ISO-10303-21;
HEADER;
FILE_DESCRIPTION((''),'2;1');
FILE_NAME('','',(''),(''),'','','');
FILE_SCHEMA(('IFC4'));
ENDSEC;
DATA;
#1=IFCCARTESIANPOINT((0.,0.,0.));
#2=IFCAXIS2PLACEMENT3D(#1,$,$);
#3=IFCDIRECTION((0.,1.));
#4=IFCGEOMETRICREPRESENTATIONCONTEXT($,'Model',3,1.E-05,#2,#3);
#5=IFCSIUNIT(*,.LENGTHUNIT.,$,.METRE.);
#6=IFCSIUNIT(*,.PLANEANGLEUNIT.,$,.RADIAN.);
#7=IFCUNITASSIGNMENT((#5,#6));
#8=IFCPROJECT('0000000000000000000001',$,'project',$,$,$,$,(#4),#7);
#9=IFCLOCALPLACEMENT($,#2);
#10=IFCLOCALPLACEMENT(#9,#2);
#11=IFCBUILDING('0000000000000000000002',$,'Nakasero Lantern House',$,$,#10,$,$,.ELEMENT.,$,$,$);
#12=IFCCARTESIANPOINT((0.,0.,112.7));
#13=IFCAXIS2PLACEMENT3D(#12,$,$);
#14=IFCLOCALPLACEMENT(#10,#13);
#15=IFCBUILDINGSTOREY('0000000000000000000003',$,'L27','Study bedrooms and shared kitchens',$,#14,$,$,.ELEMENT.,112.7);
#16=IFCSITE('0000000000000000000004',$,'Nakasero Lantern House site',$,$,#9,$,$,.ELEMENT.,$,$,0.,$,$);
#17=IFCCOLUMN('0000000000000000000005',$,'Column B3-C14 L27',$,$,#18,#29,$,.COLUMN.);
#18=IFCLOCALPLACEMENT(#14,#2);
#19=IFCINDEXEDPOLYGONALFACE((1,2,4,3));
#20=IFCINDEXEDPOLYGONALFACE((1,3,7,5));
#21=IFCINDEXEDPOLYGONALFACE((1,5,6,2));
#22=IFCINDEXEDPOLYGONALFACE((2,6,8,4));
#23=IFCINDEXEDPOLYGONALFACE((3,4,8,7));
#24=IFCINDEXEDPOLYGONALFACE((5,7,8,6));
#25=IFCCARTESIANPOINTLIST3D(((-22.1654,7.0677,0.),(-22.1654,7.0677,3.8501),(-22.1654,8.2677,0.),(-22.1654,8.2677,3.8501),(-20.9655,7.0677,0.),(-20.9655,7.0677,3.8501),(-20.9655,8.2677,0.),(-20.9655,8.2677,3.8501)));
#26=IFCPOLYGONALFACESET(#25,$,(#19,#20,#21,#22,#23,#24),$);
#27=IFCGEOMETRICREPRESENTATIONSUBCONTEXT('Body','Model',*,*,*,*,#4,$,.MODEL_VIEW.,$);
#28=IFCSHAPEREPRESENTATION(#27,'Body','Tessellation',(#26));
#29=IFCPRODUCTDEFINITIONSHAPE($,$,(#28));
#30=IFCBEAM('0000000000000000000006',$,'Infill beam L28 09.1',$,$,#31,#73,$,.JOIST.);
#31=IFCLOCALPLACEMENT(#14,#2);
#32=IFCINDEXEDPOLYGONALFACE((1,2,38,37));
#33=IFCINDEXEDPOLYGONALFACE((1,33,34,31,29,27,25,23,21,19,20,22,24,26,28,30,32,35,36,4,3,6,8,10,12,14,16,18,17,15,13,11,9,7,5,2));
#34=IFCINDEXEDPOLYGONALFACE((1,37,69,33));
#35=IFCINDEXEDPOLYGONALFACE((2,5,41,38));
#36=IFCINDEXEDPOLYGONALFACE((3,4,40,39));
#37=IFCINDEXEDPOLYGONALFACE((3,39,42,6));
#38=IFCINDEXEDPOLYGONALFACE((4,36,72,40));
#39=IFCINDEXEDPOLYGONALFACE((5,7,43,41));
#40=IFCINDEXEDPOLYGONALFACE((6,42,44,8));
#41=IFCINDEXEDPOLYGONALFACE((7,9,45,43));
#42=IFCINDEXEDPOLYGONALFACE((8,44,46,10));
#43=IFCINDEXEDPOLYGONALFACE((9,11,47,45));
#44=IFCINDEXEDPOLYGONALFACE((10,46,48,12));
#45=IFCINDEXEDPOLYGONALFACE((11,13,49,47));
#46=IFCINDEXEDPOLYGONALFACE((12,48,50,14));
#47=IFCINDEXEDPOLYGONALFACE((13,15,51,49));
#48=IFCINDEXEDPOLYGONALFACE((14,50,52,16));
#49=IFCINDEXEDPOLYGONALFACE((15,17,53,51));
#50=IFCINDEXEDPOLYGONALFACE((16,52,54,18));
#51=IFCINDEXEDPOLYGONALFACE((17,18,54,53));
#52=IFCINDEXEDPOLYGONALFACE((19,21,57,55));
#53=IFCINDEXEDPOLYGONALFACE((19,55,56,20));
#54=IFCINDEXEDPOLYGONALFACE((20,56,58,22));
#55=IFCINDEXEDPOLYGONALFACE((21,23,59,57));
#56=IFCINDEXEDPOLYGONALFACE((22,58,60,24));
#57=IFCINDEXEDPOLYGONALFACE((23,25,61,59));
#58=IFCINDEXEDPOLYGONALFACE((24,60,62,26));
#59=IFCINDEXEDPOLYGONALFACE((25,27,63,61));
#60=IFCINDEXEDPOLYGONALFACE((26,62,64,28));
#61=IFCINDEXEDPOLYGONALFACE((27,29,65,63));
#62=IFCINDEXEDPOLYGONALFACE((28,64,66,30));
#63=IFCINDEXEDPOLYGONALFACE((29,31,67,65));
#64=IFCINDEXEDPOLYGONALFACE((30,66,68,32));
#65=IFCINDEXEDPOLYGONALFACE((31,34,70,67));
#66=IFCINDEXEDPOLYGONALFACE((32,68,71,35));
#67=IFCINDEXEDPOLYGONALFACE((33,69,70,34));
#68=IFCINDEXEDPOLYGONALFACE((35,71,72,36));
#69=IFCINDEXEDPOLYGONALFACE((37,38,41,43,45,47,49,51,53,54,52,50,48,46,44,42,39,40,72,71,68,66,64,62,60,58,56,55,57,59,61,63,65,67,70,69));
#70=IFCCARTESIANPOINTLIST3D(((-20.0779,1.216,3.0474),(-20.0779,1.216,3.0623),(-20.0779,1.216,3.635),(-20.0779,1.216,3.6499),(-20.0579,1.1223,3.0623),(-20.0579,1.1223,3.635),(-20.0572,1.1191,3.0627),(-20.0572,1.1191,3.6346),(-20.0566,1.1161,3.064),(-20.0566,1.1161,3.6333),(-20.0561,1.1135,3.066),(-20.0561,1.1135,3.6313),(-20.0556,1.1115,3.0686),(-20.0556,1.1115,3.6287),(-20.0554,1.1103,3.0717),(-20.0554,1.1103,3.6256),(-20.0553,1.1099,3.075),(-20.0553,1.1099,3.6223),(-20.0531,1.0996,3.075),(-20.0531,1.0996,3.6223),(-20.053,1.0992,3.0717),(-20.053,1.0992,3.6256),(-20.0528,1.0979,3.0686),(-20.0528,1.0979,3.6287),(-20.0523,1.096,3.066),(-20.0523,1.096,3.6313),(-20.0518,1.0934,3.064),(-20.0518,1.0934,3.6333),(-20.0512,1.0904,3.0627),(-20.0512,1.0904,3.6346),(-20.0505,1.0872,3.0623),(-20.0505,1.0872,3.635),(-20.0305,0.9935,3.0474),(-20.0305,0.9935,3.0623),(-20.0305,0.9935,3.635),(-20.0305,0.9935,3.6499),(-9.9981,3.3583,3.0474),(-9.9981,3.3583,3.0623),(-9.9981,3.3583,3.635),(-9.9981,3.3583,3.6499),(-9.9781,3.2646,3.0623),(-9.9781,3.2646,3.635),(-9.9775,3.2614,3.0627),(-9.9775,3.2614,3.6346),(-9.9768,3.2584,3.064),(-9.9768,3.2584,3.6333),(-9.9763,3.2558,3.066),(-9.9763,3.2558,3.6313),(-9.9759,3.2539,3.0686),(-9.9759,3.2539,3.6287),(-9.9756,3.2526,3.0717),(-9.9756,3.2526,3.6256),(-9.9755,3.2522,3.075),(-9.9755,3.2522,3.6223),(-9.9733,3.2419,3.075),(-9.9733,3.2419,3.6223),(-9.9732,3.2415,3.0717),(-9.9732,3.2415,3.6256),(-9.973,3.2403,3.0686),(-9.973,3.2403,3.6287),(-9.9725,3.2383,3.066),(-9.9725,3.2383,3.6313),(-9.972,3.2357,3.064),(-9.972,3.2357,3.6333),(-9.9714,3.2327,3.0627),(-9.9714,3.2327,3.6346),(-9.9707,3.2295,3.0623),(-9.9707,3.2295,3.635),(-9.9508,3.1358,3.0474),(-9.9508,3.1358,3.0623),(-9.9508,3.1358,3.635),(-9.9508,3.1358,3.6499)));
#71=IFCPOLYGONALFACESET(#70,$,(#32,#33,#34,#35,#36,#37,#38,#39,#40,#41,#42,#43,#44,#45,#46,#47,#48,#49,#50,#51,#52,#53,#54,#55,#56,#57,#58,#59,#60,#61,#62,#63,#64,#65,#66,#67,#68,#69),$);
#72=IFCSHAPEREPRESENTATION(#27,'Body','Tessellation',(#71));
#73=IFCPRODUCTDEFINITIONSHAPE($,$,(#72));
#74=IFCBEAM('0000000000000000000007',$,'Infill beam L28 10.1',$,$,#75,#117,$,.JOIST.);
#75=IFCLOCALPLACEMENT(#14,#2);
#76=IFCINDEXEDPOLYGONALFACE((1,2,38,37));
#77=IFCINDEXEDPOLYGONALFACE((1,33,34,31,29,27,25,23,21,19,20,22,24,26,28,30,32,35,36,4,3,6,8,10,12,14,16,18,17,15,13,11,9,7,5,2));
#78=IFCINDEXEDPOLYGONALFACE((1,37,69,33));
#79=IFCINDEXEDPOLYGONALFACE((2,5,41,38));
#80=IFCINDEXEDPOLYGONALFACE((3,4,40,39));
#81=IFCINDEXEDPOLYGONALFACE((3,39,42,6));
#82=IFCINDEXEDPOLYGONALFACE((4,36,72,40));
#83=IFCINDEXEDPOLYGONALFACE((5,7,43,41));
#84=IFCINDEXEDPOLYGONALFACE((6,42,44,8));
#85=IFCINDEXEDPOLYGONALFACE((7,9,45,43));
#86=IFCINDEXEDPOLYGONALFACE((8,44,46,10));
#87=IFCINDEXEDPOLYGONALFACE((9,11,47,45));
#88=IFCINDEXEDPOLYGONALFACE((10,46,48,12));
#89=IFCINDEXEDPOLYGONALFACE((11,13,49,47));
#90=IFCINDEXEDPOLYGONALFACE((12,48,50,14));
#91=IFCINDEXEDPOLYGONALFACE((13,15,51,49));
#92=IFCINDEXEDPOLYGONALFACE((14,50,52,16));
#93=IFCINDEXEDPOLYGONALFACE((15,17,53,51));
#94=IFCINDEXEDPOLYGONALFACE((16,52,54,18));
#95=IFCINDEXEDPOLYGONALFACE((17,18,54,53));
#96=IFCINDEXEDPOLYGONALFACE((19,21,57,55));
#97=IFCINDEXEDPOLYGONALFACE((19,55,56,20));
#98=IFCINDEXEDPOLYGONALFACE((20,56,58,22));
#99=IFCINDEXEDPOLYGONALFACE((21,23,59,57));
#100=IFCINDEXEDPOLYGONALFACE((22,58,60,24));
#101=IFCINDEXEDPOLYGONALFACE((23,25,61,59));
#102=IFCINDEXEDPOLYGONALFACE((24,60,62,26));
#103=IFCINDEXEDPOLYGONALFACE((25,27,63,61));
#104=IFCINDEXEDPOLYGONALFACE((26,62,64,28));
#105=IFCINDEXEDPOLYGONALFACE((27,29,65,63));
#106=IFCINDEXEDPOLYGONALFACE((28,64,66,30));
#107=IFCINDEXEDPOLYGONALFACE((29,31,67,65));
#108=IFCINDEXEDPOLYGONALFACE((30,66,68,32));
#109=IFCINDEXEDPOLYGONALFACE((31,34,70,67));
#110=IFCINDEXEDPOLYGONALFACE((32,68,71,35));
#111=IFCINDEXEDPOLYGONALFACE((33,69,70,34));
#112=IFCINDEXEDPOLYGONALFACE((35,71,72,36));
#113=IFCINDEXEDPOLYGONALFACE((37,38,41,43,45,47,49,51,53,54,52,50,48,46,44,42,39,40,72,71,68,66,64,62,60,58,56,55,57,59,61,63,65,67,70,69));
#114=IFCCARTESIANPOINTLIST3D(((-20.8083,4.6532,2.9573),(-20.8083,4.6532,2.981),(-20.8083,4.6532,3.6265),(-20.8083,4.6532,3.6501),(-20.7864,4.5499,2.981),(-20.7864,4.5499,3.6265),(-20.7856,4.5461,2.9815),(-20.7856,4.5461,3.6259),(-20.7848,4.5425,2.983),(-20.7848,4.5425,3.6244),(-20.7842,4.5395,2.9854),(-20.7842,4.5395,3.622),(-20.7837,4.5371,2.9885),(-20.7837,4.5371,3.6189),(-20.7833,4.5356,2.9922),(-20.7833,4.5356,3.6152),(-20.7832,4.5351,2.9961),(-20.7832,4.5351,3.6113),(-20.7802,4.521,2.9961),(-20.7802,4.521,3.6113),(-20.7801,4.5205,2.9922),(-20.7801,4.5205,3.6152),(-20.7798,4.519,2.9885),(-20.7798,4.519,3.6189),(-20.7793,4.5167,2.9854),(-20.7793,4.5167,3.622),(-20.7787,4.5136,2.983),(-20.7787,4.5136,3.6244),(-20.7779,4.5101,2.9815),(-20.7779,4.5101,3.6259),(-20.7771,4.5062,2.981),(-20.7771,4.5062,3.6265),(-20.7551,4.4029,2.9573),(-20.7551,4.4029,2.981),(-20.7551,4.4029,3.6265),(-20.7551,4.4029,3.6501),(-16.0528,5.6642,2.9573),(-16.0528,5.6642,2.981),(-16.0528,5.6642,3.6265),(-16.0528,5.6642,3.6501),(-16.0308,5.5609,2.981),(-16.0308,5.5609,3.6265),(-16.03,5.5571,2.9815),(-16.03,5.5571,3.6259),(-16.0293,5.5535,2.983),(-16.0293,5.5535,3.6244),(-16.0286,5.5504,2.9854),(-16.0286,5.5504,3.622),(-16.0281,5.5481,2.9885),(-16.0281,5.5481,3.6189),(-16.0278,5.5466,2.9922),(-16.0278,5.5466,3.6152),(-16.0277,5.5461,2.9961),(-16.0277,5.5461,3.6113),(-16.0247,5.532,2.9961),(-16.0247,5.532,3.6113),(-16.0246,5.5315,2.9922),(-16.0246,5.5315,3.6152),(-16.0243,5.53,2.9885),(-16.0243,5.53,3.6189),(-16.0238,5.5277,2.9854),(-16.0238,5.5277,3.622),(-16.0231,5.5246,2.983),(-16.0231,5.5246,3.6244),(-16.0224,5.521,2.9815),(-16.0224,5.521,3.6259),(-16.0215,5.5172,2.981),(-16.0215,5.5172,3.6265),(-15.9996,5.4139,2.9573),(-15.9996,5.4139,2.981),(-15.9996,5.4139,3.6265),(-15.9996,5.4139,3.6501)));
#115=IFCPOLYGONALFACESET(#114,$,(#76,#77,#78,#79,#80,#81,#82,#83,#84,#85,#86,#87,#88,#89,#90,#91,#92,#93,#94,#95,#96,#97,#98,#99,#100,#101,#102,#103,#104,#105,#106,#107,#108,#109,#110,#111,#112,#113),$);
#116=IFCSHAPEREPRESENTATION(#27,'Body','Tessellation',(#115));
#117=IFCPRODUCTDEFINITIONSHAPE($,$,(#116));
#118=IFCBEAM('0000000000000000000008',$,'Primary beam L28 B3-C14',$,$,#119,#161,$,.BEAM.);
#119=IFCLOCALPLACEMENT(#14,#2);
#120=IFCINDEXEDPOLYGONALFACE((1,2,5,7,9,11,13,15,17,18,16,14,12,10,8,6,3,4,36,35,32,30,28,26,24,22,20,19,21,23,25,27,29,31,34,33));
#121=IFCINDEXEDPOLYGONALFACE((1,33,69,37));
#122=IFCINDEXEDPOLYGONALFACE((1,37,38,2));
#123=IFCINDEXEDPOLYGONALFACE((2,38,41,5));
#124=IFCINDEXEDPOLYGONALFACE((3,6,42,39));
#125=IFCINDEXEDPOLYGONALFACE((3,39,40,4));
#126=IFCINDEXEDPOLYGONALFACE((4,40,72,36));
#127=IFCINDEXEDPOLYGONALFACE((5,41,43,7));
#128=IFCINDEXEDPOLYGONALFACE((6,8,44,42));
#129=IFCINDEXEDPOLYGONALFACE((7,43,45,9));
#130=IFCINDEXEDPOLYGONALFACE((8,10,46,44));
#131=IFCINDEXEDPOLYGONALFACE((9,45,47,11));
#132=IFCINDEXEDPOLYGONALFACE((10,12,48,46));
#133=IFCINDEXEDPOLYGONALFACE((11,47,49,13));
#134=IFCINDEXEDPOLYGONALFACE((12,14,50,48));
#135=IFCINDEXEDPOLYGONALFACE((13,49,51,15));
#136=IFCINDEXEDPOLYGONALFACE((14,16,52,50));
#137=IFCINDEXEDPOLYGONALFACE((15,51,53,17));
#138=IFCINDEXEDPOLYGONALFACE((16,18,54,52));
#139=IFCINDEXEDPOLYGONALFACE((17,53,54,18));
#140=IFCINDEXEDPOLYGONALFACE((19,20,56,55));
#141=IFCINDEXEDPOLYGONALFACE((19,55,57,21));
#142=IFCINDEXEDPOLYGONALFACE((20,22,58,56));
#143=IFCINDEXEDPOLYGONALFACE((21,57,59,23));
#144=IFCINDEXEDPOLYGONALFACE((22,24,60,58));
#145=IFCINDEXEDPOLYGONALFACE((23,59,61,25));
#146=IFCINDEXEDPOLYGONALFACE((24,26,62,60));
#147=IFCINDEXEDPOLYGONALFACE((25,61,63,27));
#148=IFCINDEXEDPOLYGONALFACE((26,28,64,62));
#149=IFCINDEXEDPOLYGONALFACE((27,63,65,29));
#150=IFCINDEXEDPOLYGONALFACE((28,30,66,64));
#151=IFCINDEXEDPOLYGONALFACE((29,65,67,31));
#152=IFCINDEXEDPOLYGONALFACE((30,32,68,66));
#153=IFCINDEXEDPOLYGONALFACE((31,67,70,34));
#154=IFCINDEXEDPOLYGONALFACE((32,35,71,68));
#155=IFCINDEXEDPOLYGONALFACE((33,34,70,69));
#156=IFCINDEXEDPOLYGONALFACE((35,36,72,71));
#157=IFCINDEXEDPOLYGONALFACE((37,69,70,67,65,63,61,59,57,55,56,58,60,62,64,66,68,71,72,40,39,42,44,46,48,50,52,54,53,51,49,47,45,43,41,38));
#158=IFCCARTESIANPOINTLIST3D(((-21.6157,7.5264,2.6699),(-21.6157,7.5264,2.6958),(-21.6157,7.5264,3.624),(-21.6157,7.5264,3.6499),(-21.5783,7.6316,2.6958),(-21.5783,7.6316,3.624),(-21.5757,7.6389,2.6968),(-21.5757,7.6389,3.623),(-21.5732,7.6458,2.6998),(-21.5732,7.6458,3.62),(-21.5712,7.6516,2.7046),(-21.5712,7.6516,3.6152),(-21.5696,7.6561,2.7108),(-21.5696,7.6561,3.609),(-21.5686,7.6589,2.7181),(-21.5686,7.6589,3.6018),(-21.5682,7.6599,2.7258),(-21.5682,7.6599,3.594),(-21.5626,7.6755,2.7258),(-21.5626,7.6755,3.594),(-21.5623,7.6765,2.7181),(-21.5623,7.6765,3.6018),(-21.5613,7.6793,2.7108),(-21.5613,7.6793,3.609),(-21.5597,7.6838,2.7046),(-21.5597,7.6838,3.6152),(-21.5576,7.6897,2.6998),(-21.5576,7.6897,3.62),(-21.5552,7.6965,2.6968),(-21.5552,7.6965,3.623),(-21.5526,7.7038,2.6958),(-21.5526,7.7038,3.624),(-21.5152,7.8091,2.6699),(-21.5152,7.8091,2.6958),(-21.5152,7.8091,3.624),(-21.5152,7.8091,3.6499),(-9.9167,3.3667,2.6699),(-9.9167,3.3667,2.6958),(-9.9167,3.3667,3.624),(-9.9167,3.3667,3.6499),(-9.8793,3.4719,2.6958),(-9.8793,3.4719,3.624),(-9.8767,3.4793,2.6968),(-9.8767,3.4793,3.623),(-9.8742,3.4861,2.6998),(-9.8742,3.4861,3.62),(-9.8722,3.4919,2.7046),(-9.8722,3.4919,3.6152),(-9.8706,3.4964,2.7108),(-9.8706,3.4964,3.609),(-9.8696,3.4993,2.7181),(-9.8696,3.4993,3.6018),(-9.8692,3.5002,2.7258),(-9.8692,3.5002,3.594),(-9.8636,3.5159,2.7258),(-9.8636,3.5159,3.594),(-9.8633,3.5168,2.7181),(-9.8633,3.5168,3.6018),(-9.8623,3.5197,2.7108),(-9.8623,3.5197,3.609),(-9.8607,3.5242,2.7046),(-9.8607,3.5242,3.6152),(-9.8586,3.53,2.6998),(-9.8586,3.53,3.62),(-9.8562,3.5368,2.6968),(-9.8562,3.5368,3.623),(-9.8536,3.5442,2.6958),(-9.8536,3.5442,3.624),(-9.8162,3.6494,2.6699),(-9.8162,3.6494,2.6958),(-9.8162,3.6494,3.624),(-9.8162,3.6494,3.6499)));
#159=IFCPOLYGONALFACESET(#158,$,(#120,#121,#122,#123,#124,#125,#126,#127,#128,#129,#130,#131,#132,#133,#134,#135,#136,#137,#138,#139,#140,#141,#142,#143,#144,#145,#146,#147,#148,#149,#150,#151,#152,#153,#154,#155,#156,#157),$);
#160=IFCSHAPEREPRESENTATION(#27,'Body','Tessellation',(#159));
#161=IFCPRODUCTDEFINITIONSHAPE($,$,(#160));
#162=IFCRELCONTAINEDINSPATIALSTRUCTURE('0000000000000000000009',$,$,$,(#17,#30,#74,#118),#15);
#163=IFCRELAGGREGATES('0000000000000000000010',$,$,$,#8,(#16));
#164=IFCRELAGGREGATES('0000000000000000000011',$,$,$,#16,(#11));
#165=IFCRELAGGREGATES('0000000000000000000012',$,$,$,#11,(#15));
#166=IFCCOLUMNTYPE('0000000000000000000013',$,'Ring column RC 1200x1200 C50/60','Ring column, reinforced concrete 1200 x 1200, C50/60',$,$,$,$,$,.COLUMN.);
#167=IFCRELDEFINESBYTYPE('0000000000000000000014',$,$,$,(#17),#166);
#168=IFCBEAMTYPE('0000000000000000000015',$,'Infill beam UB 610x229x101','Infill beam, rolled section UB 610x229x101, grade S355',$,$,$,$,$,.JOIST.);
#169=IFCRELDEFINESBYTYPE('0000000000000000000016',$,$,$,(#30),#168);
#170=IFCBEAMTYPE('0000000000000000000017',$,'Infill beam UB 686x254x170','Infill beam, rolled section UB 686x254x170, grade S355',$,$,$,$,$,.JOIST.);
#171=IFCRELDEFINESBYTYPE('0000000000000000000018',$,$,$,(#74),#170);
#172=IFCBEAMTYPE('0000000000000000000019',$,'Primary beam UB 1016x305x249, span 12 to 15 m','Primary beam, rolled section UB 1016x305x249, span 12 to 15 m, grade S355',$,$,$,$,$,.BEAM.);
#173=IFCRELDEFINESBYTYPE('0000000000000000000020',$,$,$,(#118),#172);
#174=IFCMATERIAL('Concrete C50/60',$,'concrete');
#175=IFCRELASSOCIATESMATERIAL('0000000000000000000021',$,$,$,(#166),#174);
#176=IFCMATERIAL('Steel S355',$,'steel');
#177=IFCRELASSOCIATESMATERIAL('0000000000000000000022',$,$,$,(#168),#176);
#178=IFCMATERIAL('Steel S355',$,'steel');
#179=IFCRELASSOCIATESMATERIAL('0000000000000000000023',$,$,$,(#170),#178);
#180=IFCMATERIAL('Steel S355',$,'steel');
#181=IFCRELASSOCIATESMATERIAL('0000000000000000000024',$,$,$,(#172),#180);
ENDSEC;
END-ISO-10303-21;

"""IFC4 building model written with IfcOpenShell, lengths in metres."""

from ifc_helpers import new_model, si_unit, direction, frame, origin, origin_2d, place, context, subcontext, project, spatial, rectangle, i_section, extrude, material, material_profile, profile_set, type_object, element, save


model = new_model("IFC4")

# Units and contexts
model_context = context("Model", 3, precision=1e-05, world=origin(), true_north=direction((0.0, 1.0)))
body_context = subcontext(model_context, "Body", "Model", "MODEL_VIEW")
ifc_project = project(units=[si_unit("LENGTHUNIT", "METRE"), si_unit("PLANEANGLEUNIT", "RADIAN")], contexts=[model_context])

# Site, building, storey
site_placement = place(None, origin())
site = spatial("IfcSite", under=ifc_project, at=site_placement, Name="Nakasero Lantern House site", CompositionType="ELEMENT", RefElevation=0.0)
building_placement = place(site_placement, origin())
building = spatial("IfcBuilding", under=site, at=building_placement, Name="Nakasero Lantern House", CompositionType="ELEMENT")
storey_placement = place(building_placement, frame((0.0, 0.0, 112.7)))
storey = spatial("IfcBuildingStorey", under=building, at=storey_placement, Name="L27", Description="Study bedrooms and shared kitchens", CompositionType="ELEMENT", Elevation=112.7)

# Column
ifc_material_1 = material(Name="Concrete C50/60", Category="concrete")
ifc_material_profile_1 = material_profile(ifc_material_1, rectangle(XDim=1.2, YDim=1.2, at=origin_2d()), Name="RC 1200x1200")
ifc_profile_set_1 = profile_set([ifc_material_profile_1], Name="Concrete C50/60")
column_type = type_object("IfcColumnType", Name="Ring column RC 1200x1200 C50/60", Description="Ring column, reinforced concrete 1200 x 1200, C50/60", PredefinedType="COLUMN", material=ifc_profile_set_1)
column_placement = place(storey_placement, frame((-21.5654, 7.6677, 0.0), z_axis=(0.0, 0.0, 1.0), x_axis=(1.0, 0.0, 0.0)))
element("IfcColumn", 1, at=column_placement, inside=storey, type_object=column_type, Name="Column B3-C14 L27", PredefinedType="COLUMN", context=body_context, shape_type="SweptSolid", body=[
    extrude(rectangle(XDim=1.2, YDim=1.2, at=origin_2d()), origin(), (0.0, 0.0, 1.0), 3.8501),
])

# Beams
ifc_material_2 = material(Name="Steel S355", Category="steel")
ifc_material_profile_2 = material_profile(ifc_material_2, i_section(OverallWidth=0.2275, OverallDepth=0.6025, WebThickness=0.0105, FlangeThickness=0.0149, FilletRadius=0.0127, at=origin_2d()), Name="UB 610x229x101")
ifc_profile_set_2 = profile_set([ifc_material_profile_2], Name="Steel S355")
beam_type_1 = type_object("IfcBeamType", Name="Infill beam UB 610x229x101", Description="Infill beam, rolled section UB 610x229x101, grade S355", PredefinedType="JOIST", material=ifc_profile_set_2)
beam_1_placement = place(storey_placement, frame((-20.0542, 1.1047, 3.3486), z_axis=(0.978152, 0.207893, 0.0), x_axis=(-0.207893, 0.978152, 0.0)))
element("IfcBeam", 2, at=beam_1_placement, inside=storey, type_object=beam_type_1, Name="Infill beam L28 09.1", PredefinedType="JOIST", context=body_context, shape_type="SweptSolid", body=[
    extrude(i_section(OverallWidth=0.2275, OverallDepth=0.6025, WebThickness=0.0105, FlangeThickness=0.0149, FilletRadius=0.0127, at=origin_2d()), origin(), (0.0, 0.0, 1.0), 10.3049),
])
ifc_material_3 = material(Name="Steel S355", Category="steel")
ifc_material_profile_3 = material_profile(ifc_material_3, i_section(OverallWidth=0.2559, OverallDepth=0.6929, WebThickness=0.0144, FlangeThickness=0.0237, FilletRadius=0.0151, at=origin_2d()), Name="UB 686x254x170")
ifc_profile_set_3 = profile_set([ifc_material_profile_3], Name="Steel S355")
beam_type_2 = type_object("IfcBeamType", Name="Infill beam UB 686x254x170", Description="Infill beam, rolled section UB 686x254x170, grade S355", PredefinedType="JOIST", material=ifc_profile_set_3)
beam_2_placement = place(storey_placement, frame((-20.7817, 4.5281, 3.3037), z_axis=(0.978141, 0.207941, 0.0), x_axis=(-0.207941, 0.978141, 0.0)))
element("IfcBeam", 3, at=beam_2_placement, inside=storey, type_object=beam_type_2, Name="Infill beam L28 10.1", PredefinedType="JOIST", context=body_context, shape_type="SweptSolid", body=[
    extrude(i_section(OverallWidth=0.2559, OverallDepth=0.6929, WebThickness=0.0144, FlangeThickness=0.0237, FilletRadius=0.0151, at=origin_2d()), origin(), (0.0, 0.0, 1.0), 4.8618),
])
ifc_material_4 = material(Name="Steel S355", Category="steel")
ifc_material_profile_4 = material_profile(ifc_material_4, i_section(OverallWidth=0.3, OverallDepth=0.98, WebThickness=0.0166, FlangeThickness=0.0259, FilletRadius=0.03, at=origin_2d()), Name="UB 1016x305x249")
ifc_profile_set_4 = profile_set([ifc_material_profile_4], Name="Steel S355")
beam_type_3 = type_object("IfcBeamType", Name="Primary beam UB 1016x305x249, span 12 to 15 m", Description="Primary beam, rolled section UB 1016x305x249, span 12 to 15 m, grade S355", PredefinedType="BEAM", material=ifc_profile_set_4)
beam_3_placement = place(storey_placement, frame((-21.5654, 7.6677, 3.1599), z_axis=(0.942214, -0.335012, 0.0), x_axis=(0.335012, 0.942214, 0.0)))
element("IfcBeam", 4, at=beam_3_placement, inside=storey, type_object=beam_type_3, Name="Primary beam L28 B3-C14", PredefinedType="BEAM", context=body_context, shape_type="SweptSolid", body=[
    extrude(i_section(OverallWidth=0.3, OverallDepth=0.98, WebThickness=0.0166, FlangeThickness=0.0259, FilletRadius=0.03, at=origin_2d()), origin(), (0.0, 0.0, 1.0), 12.4165),
])

save(model, "model.ifc")
